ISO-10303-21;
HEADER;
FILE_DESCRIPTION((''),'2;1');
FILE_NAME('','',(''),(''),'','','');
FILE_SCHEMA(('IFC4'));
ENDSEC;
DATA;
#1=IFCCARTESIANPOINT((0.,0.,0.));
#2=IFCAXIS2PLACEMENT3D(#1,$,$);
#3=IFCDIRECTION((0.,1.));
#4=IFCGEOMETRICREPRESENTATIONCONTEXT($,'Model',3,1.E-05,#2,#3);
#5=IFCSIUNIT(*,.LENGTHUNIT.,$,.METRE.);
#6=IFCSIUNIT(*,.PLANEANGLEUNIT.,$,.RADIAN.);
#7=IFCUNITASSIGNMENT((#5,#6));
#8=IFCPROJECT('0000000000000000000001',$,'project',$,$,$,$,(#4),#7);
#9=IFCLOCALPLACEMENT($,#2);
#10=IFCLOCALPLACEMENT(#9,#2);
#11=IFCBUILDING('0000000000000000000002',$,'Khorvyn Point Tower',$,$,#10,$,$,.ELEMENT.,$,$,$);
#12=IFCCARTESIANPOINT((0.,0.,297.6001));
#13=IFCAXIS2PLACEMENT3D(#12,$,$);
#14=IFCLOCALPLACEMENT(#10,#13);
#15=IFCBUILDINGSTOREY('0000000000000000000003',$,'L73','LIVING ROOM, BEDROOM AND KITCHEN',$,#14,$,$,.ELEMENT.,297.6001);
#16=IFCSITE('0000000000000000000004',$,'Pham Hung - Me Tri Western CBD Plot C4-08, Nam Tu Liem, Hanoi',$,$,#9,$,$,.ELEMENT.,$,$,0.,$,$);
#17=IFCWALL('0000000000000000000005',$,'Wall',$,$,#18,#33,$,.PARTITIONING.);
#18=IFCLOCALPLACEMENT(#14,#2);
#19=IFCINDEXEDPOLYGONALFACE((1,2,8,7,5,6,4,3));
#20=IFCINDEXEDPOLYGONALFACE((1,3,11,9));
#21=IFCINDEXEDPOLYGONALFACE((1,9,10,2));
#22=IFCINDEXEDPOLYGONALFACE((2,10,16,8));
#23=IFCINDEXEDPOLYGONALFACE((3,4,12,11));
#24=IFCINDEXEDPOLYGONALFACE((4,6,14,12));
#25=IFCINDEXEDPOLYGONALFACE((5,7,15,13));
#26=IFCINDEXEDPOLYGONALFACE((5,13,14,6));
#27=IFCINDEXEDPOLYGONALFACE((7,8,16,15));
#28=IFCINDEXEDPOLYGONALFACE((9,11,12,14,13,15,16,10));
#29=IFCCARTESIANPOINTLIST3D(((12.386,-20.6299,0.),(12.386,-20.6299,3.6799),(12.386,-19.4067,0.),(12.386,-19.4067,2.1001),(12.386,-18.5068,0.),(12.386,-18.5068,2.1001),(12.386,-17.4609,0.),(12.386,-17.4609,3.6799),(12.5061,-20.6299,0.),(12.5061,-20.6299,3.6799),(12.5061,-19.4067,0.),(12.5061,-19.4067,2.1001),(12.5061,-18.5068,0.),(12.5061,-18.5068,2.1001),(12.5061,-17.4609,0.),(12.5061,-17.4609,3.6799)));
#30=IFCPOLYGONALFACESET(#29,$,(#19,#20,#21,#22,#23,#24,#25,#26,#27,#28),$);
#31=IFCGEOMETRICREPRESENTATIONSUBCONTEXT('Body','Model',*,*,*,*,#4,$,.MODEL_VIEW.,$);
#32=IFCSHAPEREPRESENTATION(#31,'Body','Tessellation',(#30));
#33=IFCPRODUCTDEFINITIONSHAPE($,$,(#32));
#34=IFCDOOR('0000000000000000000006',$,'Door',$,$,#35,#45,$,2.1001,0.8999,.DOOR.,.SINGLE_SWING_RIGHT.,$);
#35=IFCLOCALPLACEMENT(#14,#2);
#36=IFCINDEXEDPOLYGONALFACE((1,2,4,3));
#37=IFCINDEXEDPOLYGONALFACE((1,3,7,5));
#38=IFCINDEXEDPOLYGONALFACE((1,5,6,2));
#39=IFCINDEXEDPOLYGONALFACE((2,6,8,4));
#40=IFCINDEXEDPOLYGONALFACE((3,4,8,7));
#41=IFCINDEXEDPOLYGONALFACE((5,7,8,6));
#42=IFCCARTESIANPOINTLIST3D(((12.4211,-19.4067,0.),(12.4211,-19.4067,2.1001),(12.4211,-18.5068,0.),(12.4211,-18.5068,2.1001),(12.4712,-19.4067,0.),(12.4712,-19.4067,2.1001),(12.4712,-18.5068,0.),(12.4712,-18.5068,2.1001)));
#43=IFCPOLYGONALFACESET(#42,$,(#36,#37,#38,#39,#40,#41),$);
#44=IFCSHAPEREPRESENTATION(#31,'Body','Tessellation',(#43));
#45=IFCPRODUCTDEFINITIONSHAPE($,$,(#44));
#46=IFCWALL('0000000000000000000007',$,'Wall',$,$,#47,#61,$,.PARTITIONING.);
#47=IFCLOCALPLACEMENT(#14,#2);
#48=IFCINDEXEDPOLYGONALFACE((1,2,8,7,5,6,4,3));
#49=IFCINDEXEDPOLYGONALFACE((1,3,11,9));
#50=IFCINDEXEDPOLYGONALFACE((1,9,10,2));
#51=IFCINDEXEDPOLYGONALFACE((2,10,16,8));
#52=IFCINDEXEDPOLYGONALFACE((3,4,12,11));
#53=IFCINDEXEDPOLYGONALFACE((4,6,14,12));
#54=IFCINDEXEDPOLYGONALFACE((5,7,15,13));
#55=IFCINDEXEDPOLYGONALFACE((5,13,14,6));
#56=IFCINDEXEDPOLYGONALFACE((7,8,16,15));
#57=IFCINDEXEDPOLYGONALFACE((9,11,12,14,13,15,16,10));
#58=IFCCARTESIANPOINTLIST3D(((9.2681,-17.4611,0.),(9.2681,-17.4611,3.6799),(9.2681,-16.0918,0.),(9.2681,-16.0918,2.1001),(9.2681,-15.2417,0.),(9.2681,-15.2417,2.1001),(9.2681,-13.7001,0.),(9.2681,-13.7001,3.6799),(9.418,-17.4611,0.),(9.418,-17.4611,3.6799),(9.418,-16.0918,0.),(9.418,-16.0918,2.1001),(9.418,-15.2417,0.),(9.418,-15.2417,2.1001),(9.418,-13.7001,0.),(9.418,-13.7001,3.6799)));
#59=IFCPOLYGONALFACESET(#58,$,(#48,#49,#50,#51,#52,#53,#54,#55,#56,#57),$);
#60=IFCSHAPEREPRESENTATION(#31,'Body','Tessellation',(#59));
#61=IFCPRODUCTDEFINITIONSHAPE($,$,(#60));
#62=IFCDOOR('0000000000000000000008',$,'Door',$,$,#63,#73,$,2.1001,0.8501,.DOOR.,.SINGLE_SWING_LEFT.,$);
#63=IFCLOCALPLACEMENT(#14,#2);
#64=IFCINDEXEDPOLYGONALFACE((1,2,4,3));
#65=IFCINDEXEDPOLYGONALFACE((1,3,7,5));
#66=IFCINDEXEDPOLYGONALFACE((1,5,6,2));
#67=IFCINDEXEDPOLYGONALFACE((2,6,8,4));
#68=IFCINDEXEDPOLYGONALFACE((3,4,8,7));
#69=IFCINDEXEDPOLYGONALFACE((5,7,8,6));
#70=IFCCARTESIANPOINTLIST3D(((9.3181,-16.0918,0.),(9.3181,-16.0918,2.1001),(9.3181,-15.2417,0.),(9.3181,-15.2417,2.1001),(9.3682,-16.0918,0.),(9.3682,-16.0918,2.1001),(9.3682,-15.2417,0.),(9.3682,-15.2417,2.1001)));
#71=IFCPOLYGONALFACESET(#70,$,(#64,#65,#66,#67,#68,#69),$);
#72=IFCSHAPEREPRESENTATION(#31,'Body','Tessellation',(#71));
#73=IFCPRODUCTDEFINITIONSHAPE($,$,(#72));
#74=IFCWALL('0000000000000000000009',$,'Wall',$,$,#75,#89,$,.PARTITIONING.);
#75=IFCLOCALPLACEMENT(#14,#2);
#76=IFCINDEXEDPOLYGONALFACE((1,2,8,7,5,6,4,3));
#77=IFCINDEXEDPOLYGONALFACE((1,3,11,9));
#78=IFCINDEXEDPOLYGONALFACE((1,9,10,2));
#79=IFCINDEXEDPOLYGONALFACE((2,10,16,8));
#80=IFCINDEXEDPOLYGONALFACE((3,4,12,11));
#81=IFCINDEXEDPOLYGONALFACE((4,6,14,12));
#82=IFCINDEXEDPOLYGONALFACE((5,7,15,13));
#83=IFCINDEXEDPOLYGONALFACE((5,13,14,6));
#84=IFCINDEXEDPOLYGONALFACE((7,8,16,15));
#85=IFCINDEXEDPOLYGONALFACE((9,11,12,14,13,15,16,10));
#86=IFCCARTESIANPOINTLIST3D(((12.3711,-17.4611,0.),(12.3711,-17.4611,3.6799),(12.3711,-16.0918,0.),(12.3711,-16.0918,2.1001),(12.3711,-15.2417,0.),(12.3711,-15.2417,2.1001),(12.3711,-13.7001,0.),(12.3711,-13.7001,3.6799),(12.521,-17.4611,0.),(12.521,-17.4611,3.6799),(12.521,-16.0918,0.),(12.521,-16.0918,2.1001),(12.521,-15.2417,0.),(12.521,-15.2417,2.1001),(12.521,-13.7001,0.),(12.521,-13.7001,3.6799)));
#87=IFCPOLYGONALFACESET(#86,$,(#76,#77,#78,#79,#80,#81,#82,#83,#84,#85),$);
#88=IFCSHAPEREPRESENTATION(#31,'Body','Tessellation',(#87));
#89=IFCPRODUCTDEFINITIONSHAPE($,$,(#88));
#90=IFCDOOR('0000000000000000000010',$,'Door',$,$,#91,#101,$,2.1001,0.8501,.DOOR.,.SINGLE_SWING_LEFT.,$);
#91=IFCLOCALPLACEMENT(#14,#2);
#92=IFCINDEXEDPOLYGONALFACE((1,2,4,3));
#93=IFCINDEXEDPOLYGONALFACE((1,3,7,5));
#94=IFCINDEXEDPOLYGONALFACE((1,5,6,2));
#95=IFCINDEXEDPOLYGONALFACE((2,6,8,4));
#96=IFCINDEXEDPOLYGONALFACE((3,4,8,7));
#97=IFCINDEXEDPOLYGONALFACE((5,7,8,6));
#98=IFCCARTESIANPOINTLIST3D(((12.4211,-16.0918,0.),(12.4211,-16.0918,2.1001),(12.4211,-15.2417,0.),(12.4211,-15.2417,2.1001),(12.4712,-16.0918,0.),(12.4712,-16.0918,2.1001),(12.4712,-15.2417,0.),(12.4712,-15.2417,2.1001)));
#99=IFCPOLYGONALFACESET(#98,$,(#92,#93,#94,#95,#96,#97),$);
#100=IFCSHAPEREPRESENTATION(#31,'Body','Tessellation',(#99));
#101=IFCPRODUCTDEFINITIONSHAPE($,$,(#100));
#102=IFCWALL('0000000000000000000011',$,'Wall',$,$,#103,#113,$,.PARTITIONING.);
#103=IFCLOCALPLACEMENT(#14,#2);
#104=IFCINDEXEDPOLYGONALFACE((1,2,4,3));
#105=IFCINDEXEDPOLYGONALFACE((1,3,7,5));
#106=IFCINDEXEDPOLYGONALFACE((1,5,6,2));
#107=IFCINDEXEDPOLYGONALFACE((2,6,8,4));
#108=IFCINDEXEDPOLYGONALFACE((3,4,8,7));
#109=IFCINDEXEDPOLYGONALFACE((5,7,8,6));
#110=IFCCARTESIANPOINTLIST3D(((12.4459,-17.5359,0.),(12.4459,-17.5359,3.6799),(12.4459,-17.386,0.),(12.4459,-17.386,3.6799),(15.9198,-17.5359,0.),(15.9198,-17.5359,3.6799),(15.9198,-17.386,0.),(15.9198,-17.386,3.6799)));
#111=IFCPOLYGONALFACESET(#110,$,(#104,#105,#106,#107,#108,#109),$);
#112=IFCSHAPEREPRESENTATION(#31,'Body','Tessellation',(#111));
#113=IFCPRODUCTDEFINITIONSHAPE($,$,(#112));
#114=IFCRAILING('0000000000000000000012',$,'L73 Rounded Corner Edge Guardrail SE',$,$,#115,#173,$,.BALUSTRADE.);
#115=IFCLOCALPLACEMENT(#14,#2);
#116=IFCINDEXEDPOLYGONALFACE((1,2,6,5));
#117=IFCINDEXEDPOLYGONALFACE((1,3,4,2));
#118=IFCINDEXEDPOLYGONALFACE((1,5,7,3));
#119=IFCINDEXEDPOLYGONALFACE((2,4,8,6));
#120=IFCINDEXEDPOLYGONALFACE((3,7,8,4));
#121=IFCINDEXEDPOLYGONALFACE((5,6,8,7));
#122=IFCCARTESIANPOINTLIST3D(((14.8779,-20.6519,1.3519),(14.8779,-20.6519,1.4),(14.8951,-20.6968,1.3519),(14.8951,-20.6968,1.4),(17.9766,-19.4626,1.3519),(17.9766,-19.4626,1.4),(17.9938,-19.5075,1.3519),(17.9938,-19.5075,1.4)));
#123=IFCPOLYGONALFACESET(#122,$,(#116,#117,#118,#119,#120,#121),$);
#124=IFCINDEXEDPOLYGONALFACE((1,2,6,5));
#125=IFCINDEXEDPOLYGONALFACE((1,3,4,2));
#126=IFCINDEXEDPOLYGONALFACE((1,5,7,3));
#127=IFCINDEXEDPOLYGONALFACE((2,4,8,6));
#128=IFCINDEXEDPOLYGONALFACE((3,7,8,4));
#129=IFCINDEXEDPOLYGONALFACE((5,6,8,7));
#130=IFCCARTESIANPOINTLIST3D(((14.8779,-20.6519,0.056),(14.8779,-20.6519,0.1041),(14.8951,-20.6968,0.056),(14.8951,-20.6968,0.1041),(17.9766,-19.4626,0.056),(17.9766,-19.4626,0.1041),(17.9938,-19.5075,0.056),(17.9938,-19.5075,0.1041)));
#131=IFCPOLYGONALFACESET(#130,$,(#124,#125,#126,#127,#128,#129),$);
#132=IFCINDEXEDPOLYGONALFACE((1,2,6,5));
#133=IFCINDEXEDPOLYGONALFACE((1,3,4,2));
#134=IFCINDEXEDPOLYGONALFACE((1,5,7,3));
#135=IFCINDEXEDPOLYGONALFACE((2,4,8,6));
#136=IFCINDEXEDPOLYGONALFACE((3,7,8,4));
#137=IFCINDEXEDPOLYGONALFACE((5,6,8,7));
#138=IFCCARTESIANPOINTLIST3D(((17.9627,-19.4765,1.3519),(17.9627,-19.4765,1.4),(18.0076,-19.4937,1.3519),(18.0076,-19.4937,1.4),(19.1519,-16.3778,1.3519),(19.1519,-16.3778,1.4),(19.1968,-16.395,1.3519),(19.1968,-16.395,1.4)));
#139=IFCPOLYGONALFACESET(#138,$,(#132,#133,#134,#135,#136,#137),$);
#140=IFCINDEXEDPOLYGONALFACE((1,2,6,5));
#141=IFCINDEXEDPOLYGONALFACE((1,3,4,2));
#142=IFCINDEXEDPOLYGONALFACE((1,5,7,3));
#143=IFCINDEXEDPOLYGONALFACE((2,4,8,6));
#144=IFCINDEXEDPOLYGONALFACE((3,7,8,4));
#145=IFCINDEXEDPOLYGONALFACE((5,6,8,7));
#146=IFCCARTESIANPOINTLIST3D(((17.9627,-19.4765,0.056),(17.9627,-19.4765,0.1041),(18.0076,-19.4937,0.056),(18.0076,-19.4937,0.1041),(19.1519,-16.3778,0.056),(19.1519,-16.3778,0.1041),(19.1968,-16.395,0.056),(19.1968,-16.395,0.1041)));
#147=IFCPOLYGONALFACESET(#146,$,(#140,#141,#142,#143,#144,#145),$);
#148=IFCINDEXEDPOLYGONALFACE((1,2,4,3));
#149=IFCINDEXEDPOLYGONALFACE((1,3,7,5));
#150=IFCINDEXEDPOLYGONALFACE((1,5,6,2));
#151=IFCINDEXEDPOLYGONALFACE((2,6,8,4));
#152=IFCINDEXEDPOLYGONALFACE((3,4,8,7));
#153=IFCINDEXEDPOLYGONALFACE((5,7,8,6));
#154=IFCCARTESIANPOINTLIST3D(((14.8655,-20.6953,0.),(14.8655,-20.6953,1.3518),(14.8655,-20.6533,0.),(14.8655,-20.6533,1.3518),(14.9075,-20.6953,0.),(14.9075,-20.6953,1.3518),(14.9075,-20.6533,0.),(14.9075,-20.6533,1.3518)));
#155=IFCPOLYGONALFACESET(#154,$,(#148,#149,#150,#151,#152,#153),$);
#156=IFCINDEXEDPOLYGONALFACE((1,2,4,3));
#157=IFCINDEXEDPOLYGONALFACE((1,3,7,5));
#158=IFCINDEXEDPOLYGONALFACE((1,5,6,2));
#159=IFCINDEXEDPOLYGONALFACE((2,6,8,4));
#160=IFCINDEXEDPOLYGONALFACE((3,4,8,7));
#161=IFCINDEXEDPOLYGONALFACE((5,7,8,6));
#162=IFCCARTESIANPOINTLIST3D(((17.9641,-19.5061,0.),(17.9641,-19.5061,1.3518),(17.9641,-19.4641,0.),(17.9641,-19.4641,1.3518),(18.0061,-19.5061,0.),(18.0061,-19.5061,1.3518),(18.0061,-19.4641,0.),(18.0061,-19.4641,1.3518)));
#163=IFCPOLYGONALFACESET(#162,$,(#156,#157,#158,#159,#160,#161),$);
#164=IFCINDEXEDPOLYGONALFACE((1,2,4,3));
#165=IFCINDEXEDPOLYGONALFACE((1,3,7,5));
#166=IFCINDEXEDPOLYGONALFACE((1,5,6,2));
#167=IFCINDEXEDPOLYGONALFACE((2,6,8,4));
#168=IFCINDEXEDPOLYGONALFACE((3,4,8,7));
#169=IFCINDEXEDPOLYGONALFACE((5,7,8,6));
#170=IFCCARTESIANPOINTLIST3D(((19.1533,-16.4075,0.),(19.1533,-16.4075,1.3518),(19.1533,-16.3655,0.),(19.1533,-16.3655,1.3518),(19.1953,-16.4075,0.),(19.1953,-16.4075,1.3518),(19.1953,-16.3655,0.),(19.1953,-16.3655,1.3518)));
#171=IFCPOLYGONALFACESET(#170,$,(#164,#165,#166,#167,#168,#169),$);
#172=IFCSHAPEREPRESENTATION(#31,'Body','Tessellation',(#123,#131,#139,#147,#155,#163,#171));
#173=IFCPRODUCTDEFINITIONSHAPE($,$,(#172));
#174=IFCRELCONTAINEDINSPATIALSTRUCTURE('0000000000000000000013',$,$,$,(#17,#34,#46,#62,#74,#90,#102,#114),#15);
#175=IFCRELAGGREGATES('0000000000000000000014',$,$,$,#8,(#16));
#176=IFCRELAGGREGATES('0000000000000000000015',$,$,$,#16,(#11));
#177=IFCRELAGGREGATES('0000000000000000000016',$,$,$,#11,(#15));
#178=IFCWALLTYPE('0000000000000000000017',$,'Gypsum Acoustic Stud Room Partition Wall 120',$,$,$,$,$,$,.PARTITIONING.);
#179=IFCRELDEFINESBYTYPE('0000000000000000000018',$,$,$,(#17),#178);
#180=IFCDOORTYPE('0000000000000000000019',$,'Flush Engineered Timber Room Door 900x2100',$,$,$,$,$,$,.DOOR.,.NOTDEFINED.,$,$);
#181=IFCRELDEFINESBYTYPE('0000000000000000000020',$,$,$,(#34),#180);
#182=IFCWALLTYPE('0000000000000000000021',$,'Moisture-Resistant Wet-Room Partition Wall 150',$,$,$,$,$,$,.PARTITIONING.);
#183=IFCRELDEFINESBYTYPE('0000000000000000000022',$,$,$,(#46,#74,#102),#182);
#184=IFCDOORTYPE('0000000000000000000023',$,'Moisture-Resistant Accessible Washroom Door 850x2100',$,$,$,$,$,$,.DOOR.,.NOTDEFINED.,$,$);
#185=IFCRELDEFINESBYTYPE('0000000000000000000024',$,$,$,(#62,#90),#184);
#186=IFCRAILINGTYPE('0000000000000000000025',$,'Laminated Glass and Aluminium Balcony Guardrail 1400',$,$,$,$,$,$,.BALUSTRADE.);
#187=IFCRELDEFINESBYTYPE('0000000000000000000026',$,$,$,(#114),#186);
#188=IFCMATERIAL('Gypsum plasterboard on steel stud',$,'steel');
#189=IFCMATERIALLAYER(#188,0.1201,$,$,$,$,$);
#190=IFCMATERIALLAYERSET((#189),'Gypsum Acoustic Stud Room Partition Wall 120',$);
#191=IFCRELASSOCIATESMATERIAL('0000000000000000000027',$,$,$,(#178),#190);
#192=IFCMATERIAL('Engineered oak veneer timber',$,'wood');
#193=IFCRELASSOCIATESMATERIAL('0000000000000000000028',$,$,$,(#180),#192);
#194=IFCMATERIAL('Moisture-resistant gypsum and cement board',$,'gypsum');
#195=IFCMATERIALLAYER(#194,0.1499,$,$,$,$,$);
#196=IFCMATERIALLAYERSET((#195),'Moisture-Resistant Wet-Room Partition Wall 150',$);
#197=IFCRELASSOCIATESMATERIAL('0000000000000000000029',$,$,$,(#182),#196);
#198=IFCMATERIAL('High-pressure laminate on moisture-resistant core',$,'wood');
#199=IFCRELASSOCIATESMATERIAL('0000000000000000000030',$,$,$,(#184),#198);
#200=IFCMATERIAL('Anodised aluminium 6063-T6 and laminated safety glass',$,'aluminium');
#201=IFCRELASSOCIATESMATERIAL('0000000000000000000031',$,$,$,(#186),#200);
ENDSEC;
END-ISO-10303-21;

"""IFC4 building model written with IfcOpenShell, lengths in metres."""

from ifc_helpers import new_model, si_unit, direction, frame, frame_2d, origin, origin_2d, place, context, subcontext, project, spatial, rectangle, extrude, material, layer, layer_set, type_object, element, fill, save


model = new_model("IFC4")

# Units and contexts
model_context = context("Model", 3, precision=1e-05, world=origin(), true_north=direction((0.0, 1.0)))
body_context = subcontext(model_context, "Body", "Model", "MODEL_VIEW")
ifc_project = project(units=[si_unit("LENGTHUNIT", "METRE"), si_unit("PLANEANGLEUNIT", "RADIAN")], contexts=[model_context])

# Site, building, storey
site_placement = place(None, origin())
site = spatial("IfcSite", under=ifc_project, at=site_placement, Name="Pham Hung - Me Tri Western CBD Plot C4-08, Nam Tu Liem, Hanoi", CompositionType="ELEMENT", RefElevation=0.0)
building_placement = place(site_placement, origin())
building = spatial("IfcBuilding", under=site, at=building_placement, Name="Khorvyn Point Tower", CompositionType="ELEMENT")
storey_placement = place(building_placement, frame((0.0, 0.0, 297.6001)))
storey = spatial("IfcBuildingStorey", under=building, at=storey_placement, Name="L73", Description="LIVING ROOM, BEDROOM AND KITCHEN", CompositionType="ELEMENT", Elevation=297.6001)

# Walls, openings, doors
ifc_material_1 = material(Name="Gypsum plasterboard on steel stud", Category="steel")
ifc_layer_1 = layer(ifc_material_1, 0.1201)
ifc_layer_set_1 = layer_set([ifc_layer_1], Name="Gypsum Acoustic Stud Room Partition Wall 120")
wall_type_1 = type_object("IfcWallType", Name="Gypsum Acoustic Stud Room Partition Wall 120", PredefinedType="PARTITIONING", material=ifc_layer_set_1)
ifc_material_2 = material(Name="Engineered oak veneer timber", Category="wood")
door_type_1 = type_object("IfcDoorType", Name="Flush Engineered Timber Room Door 900x2100", OperationType="NOTDEFINED", PredefinedType="DOOR", material=ifc_material_2)
wall_1_placement = place(storey_placement, frame((12.446, -20.6299, 0.0), z_axis=(0.0, 0.0, 1.0), x_axis=(0.0, 1.0, 0.0)))
wall_1 = element("IfcWall", 1, at=wall_1_placement, inside=storey, type_object=wall_type_1, Name="Wall", PredefinedType="PARTITIONING", context=body_context, shape_type="SweptSolid", body=[
    extrude(rectangle(XDim=3.1689, YDim=0.1201, at=frame_2d((1.5845, 0.0))), origin(), (0.0, 0.0, 1.0), 3.6799),
])
opening_1_placement = place(wall_1_placement, frame((1.2231, 0.0, 0.0)))
opening_1 = element("IfcOpeningElement", 2, at=opening_1_placement, cuts=wall_1, PredefinedType="OPENING", context=body_context, shape_type="SweptSolid", body=[
    extrude(rectangle(XDim=0.8999, YDim=2.1001, at=frame_2d((0.45, 1.05))), frame((0.0, 0.0701, 0.0), z_axis=(0.0, -1.0, 0.0), x_axis=(1.0, 0.0, 0.0)), (0.0, 0.0, 1.0), 0.1401),
])
door_1_placement = place(opening_1_placement, origin())
door_1 = element("IfcDoor", 3, at=door_1_placement, inside=storey, type_object=door_type_1, Name="Door", OperationType="SINGLE_SWING_RIGHT", OverallHeight=2.1001, OverallWidth=0.8999, PredefinedType="DOOR", context=body_context, shape_type="SweptSolid", body=[
    extrude(rectangle(XDim=0.8999, YDim=2.1001, at=frame_2d((0.45, 1.05))), frame((0.0, 0.0249, 0.0), z_axis=(0.0, -1.0, 0.0), x_axis=(1.0, 0.0, 0.0)), (0.0, 0.0, 1.0), 0.05),
])
fill(opening_1, door_1)
ifc_material_3 = material(Name="Moisture-resistant gypsum and cement board", Category="gypsum")
ifc_layer_2 = layer(ifc_material_3, 0.1499)
ifc_layer_set_2 = layer_set([ifc_layer_2], Name="Moisture-Resistant Wet-Room Partition Wall 150")
wall_type_2 = type_object("IfcWallType", Name="Moisture-Resistant Wet-Room Partition Wall 150", PredefinedType="PARTITIONING", material=ifc_layer_set_2)
wall_2_placement = place(storey_placement, frame((9.343, -17.4609, 0.0), z_axis=(0.0, 0.0, 1.0), x_axis=(0.0, 1.0, 0.0)))
wall_2 = element("IfcWall", 4, at=wall_2_placement, inside=storey, type_object=wall_type_2, Name="Wall", PredefinedType="PARTITIONING", context=body_context, shape_type="SweptSolid", body=[
    extrude(rectangle(XDim=3.761, YDim=0.1499, at=frame_2d((1.8804, 0.0))), origin(), (0.0, 0.0, 1.0), 3.6799),
])
opening_2_placement = place(wall_2_placement, frame((1.3691, 0.0, 0.0)))
opening_2 = element("IfcOpeningElement", 5, at=opening_2_placement, cuts=wall_2, PredefinedType="OPENING", context=body_context, shape_type="SweptSolid", body=[
    extrude(rectangle(XDim=0.8501, YDim=2.1001, at=frame_2d((0.425, 1.05))), frame((0.0, 0.085, 0.0), z_axis=(0.0, -1.0, 0.0), x_axis=(1.0, 0.0, 0.0)), (0.0, 0.0, 1.0), 0.1699),
])
ifc_material_4 = material(Name="High-pressure laminate on moisture-resistant core", Category="wood")
door_type_2 = type_object("IfcDoorType", Name="Moisture-Resistant Accessible Washroom Door 850x2100", OperationType="NOTDEFINED", PredefinedType="DOOR", material=ifc_material_4)
door_2_placement = place(opening_2_placement, origin())
door_2 = element("IfcDoor", 6, at=door_2_placement, inside=storey, type_object=door_type_2, Name="Door", OperationType="SINGLE_SWING_LEFT", OverallHeight=2.1001, OverallWidth=0.8501, PredefinedType="DOOR", context=body_context, shape_type="SweptSolid", body=[
    extrude(rectangle(XDim=0.8501, YDim=2.1001, at=frame_2d((0.425, 1.05))), frame((0.0, 0.0249, 0.0), z_axis=(0.0, -1.0, 0.0), x_axis=(1.0, 0.0, 0.0)), (0.0, 0.0, 1.0), 0.05),
])
fill(opening_2, door_2)
wall_3_placement = place(storey_placement, frame((12.446, -17.4609, 0.0), z_axis=(0.0, 0.0, 1.0), x_axis=(0.0, 1.0, 0.0)))
wall_3 = element("IfcWall", 7, at=wall_3_placement, inside=storey, type_object=wall_type_2, Name="Wall", PredefinedType="PARTITIONING", context=body_context, shape_type="SweptSolid", body=[
    extrude(rectangle(XDim=3.761, YDim=0.1499, at=frame_2d((1.8804, 0.0))), origin(), (0.0, 0.0, 1.0), 3.6799),
])
opening_3_placement = place(wall_3_placement, frame((1.3691, 0.0, 0.0)))
opening_3 = element("IfcOpeningElement", 8, at=opening_3_placement, cuts=wall_3, PredefinedType="OPENING", context=body_context, shape_type="SweptSolid", body=[
    extrude(rectangle(XDim=0.8501, YDim=2.1001, at=frame_2d((0.425, 1.05))), frame((0.0, 0.085, 0.0), z_axis=(0.0, -1.0, 0.0), x_axis=(1.0, 0.0, 0.0)), (0.0, 0.0, 1.0), 0.1699),
])
door_3_placement = place(opening_3_placement, origin())
door_3 = element("IfcDoor", 9, at=door_3_placement, inside=storey, type_object=door_type_2, Name="Door", OperationType="SINGLE_SWING_LEFT", OverallHeight=2.1001, OverallWidth=0.8501, PredefinedType="DOOR", context=body_context, shape_type="SweptSolid", body=[
    extrude(rectangle(XDim=0.8501, YDim=2.1001, at=frame_2d((0.425, 1.05))), frame((0.0, 0.0249, 0.0), z_axis=(0.0, -1.0, 0.0), x_axis=(1.0, 0.0, 0.0)), (0.0, 0.0, 1.0), 0.05),
])
fill(opening_3, door_3)

# Wall
wall_4_placement = place(storey_placement, frame((12.446, -17.4609, 0.0), z_axis=(0.0, 0.0, 1.0), x_axis=(1.0, 0.0, 0.0)))
element("IfcWall", 10, at=wall_4_placement, inside=storey, type_object=wall_type_2, Name="Wall", PredefinedType="PARTITIONING", context=body_context, shape_type="SweptSolid", body=[
    extrude(rectangle(XDim=3.4739, YDim=0.1499, at=frame_2d((1.7368, 0.0))), origin(), (0.0, 0.0, 1.0), 3.6799),
])

# Railing
ifc_material_5 = material(Name="Anodised aluminium 6063-T6 and laminated safety glass", Category="aluminium")
railing_type = type_object("IfcRailingType", Name="Laminated Glass and Aluminium Balcony Guardrail 1400", PredefinedType="BALUSTRADE", material=ifc_material_5)
railing_placement = place(storey_placement, frame((14.8865, -20.6743, 0.0)))
element("IfcRailing", 11, at=railing_placement, inside=storey, type_object=railing_type, Name="L73 Rounded Corner Edge Guardrail SE", PredefinedType="BALUSTRADE", context=body_context, shape_type="SweptSolid", body=[
    extrude(rectangle(XDim=0.0481, YDim=0.0481, at=origin_2d()), frame((0.0, 0.0, 1.376), z_axis=(0.933605, 0.358304, 0.0), x_axis=(-0.358304, 0.933605, 0.0)), (0.0, 0.0, 1.0), 3.3191),
    extrude(rectangle(XDim=0.0481, YDim=0.0481, at=origin_2d()), frame((0.0, 0.0, 0.0801), z_axis=(0.933605, 0.358304, 0.0), x_axis=(-0.358304, 0.933605, 0.0)), (0.0, 0.0, 1.0), 3.3191),
    extrude(rectangle(XDim=0.0481, YDim=0.0481, at=origin_2d()), frame((3.0986, 1.1892, 1.376), z_axis=(0.358304, 0.933605, 0.0), x_axis=(-0.933605, 0.358304, 0.0)), (0.0, 0.0, 1.0), 3.3191),
    extrude(rectangle(XDim=0.0481, YDim=0.0481, at=origin_2d()), frame((3.0986, 1.1892, 0.0801), z_axis=(0.358304, 0.933605, 0.0), x_axis=(-0.933605, 0.358304, 0.0)), (0.0, 0.0, 1.0), 3.3191),
    extrude(rectangle(XDim=0.042, YDim=0.042, at=origin_2d()), origin(), (0.0, 0.0, 1.0), 1.3518),
    extrude(rectangle(XDim=0.042, YDim=0.042, at=origin_2d()), frame((3.0986, 1.1892, 0.0)), (0.0, 0.0, 1.0), 1.3518),
    extrude(rectangle(XDim=0.042, YDim=0.042, at=origin_2d()), frame((4.2878, 4.2878, 0.0)), (0.0, 0.0, 1.0), 1.3518),
])

save(model, "model.ifc")
